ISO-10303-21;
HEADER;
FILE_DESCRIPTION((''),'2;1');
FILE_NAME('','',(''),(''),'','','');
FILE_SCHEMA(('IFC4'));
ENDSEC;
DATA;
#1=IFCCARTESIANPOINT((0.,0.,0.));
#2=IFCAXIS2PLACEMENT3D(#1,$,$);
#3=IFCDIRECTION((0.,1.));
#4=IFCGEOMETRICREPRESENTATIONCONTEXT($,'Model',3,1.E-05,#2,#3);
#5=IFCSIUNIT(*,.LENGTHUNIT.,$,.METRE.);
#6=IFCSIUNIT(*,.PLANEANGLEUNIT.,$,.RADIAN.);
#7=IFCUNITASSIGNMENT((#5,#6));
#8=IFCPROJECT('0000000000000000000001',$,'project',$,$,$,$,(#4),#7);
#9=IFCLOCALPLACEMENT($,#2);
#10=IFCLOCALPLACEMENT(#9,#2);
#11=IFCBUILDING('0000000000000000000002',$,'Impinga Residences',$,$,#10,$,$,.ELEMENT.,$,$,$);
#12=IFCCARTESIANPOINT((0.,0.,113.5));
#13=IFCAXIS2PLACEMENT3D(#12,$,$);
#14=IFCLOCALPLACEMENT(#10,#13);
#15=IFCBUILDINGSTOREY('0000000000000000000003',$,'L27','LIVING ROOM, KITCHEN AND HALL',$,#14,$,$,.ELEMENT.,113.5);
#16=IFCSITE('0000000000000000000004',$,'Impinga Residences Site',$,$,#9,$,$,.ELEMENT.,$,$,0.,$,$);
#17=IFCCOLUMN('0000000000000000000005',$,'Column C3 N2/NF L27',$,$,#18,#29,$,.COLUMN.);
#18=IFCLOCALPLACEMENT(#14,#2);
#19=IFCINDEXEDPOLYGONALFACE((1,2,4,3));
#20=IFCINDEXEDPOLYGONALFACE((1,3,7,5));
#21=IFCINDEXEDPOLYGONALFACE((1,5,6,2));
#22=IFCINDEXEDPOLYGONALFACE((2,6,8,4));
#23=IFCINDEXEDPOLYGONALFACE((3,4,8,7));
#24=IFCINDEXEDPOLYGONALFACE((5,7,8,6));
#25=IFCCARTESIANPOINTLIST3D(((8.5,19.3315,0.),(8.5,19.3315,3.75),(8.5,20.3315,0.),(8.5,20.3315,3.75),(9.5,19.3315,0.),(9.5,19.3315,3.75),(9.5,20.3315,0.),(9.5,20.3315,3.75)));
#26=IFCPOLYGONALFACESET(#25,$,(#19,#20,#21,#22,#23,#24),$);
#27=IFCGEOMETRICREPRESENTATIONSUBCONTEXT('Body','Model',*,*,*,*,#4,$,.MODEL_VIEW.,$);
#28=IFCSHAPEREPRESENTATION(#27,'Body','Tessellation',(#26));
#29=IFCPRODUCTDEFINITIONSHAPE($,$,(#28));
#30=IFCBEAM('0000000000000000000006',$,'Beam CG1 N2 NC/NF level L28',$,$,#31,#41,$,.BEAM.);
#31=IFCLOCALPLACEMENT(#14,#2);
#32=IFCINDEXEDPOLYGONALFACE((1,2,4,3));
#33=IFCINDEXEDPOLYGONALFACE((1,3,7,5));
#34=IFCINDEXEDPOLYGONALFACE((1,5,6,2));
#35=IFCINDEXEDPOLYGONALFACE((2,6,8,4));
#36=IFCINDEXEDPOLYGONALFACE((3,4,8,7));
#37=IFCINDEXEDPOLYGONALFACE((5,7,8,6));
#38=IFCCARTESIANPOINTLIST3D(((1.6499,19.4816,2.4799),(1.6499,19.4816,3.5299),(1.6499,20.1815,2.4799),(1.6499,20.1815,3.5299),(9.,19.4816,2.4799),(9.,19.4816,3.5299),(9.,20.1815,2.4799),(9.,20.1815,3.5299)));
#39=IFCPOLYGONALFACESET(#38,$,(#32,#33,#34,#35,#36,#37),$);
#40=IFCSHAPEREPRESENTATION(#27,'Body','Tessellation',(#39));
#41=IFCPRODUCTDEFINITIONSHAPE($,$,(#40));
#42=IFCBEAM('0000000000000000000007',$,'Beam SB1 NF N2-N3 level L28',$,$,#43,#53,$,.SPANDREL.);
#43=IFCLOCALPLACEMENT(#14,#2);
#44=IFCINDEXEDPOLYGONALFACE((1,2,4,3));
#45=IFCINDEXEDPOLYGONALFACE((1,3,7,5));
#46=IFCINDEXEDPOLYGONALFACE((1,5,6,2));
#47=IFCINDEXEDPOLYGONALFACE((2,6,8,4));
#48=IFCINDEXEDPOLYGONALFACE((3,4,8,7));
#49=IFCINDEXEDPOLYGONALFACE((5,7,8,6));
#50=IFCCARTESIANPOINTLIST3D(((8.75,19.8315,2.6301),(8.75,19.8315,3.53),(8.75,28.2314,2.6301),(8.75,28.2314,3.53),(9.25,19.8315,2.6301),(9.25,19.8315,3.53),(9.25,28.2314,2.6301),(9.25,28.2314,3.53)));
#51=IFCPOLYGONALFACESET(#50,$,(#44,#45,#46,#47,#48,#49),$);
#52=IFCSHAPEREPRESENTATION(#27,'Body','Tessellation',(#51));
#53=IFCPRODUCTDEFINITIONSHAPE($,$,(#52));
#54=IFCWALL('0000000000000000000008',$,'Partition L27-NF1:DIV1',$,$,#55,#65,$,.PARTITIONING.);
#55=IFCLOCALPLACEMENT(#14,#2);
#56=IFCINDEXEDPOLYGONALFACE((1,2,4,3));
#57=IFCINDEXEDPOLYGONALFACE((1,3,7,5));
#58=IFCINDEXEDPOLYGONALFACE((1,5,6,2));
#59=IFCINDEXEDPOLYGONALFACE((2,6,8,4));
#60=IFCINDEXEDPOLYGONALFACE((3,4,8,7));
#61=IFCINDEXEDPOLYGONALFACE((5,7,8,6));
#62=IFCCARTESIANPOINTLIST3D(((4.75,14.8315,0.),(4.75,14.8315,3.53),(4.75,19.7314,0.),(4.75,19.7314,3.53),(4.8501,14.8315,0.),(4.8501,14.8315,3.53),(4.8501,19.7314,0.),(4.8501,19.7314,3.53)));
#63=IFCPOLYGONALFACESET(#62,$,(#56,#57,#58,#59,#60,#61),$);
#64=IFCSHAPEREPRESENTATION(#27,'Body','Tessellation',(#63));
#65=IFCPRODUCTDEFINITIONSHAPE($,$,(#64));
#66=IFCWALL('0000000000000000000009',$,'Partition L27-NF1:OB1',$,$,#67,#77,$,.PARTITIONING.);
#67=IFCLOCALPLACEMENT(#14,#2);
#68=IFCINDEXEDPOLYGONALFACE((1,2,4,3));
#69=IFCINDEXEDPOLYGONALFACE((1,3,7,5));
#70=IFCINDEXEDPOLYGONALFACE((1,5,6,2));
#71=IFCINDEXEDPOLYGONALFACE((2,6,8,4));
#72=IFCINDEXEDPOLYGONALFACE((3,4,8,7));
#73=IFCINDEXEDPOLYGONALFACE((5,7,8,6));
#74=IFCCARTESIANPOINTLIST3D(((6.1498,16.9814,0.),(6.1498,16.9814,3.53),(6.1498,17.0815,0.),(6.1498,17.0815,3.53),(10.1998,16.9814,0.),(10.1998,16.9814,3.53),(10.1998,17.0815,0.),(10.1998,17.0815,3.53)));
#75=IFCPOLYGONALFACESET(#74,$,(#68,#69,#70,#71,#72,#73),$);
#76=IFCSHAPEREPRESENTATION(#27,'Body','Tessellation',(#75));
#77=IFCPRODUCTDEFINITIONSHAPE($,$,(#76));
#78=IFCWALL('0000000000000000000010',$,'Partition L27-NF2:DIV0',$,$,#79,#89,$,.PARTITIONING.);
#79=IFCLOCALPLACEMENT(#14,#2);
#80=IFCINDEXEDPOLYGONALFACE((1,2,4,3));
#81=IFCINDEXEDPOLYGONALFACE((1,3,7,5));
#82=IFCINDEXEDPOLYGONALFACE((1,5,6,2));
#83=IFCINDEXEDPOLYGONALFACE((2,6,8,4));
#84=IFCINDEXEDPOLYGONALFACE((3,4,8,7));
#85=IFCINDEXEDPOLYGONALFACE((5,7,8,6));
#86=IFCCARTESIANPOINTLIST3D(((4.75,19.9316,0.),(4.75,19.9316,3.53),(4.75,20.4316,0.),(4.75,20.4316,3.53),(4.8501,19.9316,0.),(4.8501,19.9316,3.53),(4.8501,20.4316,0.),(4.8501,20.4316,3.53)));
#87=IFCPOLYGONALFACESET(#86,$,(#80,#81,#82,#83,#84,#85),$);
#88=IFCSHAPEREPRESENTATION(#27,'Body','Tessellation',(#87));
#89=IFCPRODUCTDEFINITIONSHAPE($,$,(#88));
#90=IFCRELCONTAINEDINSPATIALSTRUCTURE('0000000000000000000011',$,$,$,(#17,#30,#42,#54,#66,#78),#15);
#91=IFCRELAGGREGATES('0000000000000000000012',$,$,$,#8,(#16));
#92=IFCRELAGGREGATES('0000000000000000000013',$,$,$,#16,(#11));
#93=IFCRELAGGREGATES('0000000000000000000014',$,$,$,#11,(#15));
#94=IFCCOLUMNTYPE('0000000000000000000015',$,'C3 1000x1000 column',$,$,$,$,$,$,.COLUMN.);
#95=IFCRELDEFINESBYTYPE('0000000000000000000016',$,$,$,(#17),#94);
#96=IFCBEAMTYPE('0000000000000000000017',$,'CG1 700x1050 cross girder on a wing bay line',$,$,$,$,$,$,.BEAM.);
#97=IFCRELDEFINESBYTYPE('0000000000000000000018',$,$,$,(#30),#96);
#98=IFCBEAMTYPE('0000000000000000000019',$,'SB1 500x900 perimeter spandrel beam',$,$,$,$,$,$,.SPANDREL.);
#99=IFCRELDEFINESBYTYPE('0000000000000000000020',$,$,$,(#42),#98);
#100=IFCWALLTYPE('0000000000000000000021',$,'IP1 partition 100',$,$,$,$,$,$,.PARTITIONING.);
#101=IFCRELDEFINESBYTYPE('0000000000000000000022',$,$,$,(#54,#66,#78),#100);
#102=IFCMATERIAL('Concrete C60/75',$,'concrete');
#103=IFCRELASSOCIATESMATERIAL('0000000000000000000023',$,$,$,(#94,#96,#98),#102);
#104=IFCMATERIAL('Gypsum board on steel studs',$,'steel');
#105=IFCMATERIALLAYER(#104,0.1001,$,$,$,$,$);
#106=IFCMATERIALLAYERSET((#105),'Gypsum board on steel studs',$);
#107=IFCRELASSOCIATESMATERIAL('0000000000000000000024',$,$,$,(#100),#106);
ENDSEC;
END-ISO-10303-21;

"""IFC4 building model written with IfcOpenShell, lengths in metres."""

from ifc_helpers import new_model, si_unit, direction, frame, frame_2d, origin, origin_2d, place, context, subcontext, project, spatial, rectangle, extrude, material, layer, layer_set, material_profile, profile_set, type_object, element, save


model = new_model("IFC4")

# Units and contexts
model_context = context("Model", 3, precision=1e-05, world=origin(), true_north=direction((0.0, 1.0)))
body_context = subcontext(model_context, "Body", "Model", "MODEL_VIEW")
ifc_project = project(units=[si_unit("LENGTHUNIT", "METRE"), si_unit("PLANEANGLEUNIT", "RADIAN")], contexts=[model_context])

# Site, building, storey
site_placement = place(None, origin())
site = spatial("IfcSite", under=ifc_project, at=site_placement, Name="Impinga Residences Site", CompositionType="ELEMENT", RefElevation=0.0)
building_placement = place(site_placement, origin())
building = spatial("IfcBuilding", under=site, at=building_placement, Name="Impinga Residences", CompositionType="ELEMENT")
storey_placement = place(building_placement, frame((0.0, 0.0, 113.5)))
storey = spatial("IfcBuildingStorey", under=building, at=storey_placement, Name="L27", Description="LIVING ROOM, KITCHEN AND HALL", CompositionType="ELEMENT", Elevation=113.5)

# Column
ifc_material_1 = material(Name="Concrete C60/75", Category="concrete")
ifc_material_profile_1 = material_profile(ifc_material_1, rectangle(XDim=1.0, YDim=1.0, at=origin_2d()), Name="RC 1000x1000")
ifc_profile_set_1 = profile_set([ifc_material_profile_1], Name="Concrete C60/75")
column_type = type_object("IfcColumnType", Name="C3 1000x1000 column", PredefinedType="COLUMN", material=ifc_profile_set_1)
column_placement = place(storey_placement, frame((9.0, 19.8315, 0.0), z_axis=(0.0, 0.0, 1.0), x_axis=(1.0, 0.0, 0.0)))
element("IfcColumn", 1, at=column_placement, inside=storey, type_object=column_type, Name="Column C3 N2/NF L27", PredefinedType="COLUMN", context=body_context, shape_type="SweptSolid", body=[
    extrude(rectangle(XDim=1.0, YDim=1.0, at=origin_2d()), origin(), (0.0, 0.0, 1.0), 3.75),
])

# Beams
ifc_material_profile_2 = material_profile(ifc_material_1, rectangle(XDim=0.7, YDim=1.05, at=origin_2d()), Name="RC 700x1050")
ifc_profile_set_2 = profile_set([ifc_material_profile_2], Name="Concrete C60/75")
beam_type_1 = type_object("IfcBeamType", Name="CG1 700x1050 cross girder on a wing bay line", PredefinedType="BEAM", material=ifc_profile_set_2)
beam_1_placement = place(storey_placement, frame((1.6499, 19.8315, 3.0049), z_axis=(1.0, 0.0, 0.0), x_axis=(0.0, 1.0, 0.0)))
element("IfcBeam", 2, at=beam_1_placement, inside=storey, type_object=beam_type_1, Name="Beam CG1 N2 NC/NF level L28", PredefinedType="BEAM", context=body_context, shape_type="SweptSolid", body=[
    extrude(rectangle(XDim=0.7, YDim=1.05, at=origin_2d()), origin(), (0.0, 0.0, 1.0), 7.3501),
])
ifc_material_profile_3 = material_profile(ifc_material_1, rectangle(XDim=0.5, YDim=0.8999, at=origin_2d()), Name="RC 500x900")
ifc_profile_set_3 = profile_set([ifc_material_profile_3], Name="Concrete C60/75")
beam_type_2 = type_object("IfcBeamType", Name="SB1 500x900 perimeter spandrel beam", PredefinedType="SPANDREL", material=ifc_profile_set_3)
beam_2_placement = place(storey_placement, frame((9.0, 19.8315, 3.0801), z_axis=(0.0, 1.0, 0.0), x_axis=(-1.0, 0.0, 0.0)))
element("IfcBeam", 3, at=beam_2_placement, inside=storey, type_object=beam_type_2, Name="Beam SB1 NF N2-N3 level L28", PredefinedType="SPANDREL", context=body_context, shape_type="SweptSolid", body=[
    extrude(rectangle(XDim=0.5, YDim=0.8999, at=origin_2d()), origin(), (0.0, 0.0, 1.0), 8.3999),
])

# Walls
ifc_material_2 = material(Name="Gypsum board on steel studs", Category="steel")
ifc_layer_1 = layer(ifc_material_2, 0.1001)
ifc_layer_set_1 = layer_set([ifc_layer_1], Name="Gypsum board on steel studs")
wall_type_1 = type_object("IfcWallType", Name="IP1 partition 100", PredefinedType="PARTITIONING", material=ifc_layer_set_1)
wall_1_placement = place(storey_placement, frame((4.8, 14.8315, 0.0), z_axis=(0.0, 0.0, 1.0), x_axis=(0.0, 1.0, 0.0)))
element("IfcWall", 4, at=wall_1_placement, inside=storey, type_object=wall_type_1, Name="Partition L27-NF1:DIV1", PredefinedType="PARTITIONING", context=body_context, shape_type="SweptSolid", body=[
    extrude(rectangle(XDim=4.8999, YDim=0.1001, at=frame_2d((2.45, 0.0))), origin(), (0.0, 0.0, 1.0), 3.53),
])
wall_2_placement = place(storey_placement, frame((6.1499, 17.0315, 0.0), z_axis=(0.0, 0.0, 1.0), x_axis=(1.0, 0.0, 0.0)))
element("IfcWall", 5, at=wall_2_placement, inside=storey, type_object=wall_type_1, Name="Partition L27-NF1:OB1", PredefinedType="PARTITIONING", context=body_context, shape_type="SweptSolid", body=[
    extrude(rectangle(XDim=4.05, YDim=0.1001, at=frame_2d((2.0249, 0.0))), origin(), (0.0, 0.0, 1.0), 3.53),
])
wall_3_placement = place(storey_placement, frame((4.8, 19.9316, 0.0), z_axis=(0.0, 0.0, 1.0), x_axis=(0.0, 1.0, 0.0)))
element("IfcWall", 6, at=wall_3_placement, inside=storey, type_object=wall_type_1, Name="Partition L27-NF2:DIV0", PredefinedType="PARTITIONING", context=body_context, shape_type="SweptSolid", body=[
    extrude(rectangle(XDim=0.5, YDim=0.1001, at=frame_2d((0.25, 0.0))), origin(), (0.0, 0.0, 1.0), 3.53),
])

save(model, "model.ifc")
